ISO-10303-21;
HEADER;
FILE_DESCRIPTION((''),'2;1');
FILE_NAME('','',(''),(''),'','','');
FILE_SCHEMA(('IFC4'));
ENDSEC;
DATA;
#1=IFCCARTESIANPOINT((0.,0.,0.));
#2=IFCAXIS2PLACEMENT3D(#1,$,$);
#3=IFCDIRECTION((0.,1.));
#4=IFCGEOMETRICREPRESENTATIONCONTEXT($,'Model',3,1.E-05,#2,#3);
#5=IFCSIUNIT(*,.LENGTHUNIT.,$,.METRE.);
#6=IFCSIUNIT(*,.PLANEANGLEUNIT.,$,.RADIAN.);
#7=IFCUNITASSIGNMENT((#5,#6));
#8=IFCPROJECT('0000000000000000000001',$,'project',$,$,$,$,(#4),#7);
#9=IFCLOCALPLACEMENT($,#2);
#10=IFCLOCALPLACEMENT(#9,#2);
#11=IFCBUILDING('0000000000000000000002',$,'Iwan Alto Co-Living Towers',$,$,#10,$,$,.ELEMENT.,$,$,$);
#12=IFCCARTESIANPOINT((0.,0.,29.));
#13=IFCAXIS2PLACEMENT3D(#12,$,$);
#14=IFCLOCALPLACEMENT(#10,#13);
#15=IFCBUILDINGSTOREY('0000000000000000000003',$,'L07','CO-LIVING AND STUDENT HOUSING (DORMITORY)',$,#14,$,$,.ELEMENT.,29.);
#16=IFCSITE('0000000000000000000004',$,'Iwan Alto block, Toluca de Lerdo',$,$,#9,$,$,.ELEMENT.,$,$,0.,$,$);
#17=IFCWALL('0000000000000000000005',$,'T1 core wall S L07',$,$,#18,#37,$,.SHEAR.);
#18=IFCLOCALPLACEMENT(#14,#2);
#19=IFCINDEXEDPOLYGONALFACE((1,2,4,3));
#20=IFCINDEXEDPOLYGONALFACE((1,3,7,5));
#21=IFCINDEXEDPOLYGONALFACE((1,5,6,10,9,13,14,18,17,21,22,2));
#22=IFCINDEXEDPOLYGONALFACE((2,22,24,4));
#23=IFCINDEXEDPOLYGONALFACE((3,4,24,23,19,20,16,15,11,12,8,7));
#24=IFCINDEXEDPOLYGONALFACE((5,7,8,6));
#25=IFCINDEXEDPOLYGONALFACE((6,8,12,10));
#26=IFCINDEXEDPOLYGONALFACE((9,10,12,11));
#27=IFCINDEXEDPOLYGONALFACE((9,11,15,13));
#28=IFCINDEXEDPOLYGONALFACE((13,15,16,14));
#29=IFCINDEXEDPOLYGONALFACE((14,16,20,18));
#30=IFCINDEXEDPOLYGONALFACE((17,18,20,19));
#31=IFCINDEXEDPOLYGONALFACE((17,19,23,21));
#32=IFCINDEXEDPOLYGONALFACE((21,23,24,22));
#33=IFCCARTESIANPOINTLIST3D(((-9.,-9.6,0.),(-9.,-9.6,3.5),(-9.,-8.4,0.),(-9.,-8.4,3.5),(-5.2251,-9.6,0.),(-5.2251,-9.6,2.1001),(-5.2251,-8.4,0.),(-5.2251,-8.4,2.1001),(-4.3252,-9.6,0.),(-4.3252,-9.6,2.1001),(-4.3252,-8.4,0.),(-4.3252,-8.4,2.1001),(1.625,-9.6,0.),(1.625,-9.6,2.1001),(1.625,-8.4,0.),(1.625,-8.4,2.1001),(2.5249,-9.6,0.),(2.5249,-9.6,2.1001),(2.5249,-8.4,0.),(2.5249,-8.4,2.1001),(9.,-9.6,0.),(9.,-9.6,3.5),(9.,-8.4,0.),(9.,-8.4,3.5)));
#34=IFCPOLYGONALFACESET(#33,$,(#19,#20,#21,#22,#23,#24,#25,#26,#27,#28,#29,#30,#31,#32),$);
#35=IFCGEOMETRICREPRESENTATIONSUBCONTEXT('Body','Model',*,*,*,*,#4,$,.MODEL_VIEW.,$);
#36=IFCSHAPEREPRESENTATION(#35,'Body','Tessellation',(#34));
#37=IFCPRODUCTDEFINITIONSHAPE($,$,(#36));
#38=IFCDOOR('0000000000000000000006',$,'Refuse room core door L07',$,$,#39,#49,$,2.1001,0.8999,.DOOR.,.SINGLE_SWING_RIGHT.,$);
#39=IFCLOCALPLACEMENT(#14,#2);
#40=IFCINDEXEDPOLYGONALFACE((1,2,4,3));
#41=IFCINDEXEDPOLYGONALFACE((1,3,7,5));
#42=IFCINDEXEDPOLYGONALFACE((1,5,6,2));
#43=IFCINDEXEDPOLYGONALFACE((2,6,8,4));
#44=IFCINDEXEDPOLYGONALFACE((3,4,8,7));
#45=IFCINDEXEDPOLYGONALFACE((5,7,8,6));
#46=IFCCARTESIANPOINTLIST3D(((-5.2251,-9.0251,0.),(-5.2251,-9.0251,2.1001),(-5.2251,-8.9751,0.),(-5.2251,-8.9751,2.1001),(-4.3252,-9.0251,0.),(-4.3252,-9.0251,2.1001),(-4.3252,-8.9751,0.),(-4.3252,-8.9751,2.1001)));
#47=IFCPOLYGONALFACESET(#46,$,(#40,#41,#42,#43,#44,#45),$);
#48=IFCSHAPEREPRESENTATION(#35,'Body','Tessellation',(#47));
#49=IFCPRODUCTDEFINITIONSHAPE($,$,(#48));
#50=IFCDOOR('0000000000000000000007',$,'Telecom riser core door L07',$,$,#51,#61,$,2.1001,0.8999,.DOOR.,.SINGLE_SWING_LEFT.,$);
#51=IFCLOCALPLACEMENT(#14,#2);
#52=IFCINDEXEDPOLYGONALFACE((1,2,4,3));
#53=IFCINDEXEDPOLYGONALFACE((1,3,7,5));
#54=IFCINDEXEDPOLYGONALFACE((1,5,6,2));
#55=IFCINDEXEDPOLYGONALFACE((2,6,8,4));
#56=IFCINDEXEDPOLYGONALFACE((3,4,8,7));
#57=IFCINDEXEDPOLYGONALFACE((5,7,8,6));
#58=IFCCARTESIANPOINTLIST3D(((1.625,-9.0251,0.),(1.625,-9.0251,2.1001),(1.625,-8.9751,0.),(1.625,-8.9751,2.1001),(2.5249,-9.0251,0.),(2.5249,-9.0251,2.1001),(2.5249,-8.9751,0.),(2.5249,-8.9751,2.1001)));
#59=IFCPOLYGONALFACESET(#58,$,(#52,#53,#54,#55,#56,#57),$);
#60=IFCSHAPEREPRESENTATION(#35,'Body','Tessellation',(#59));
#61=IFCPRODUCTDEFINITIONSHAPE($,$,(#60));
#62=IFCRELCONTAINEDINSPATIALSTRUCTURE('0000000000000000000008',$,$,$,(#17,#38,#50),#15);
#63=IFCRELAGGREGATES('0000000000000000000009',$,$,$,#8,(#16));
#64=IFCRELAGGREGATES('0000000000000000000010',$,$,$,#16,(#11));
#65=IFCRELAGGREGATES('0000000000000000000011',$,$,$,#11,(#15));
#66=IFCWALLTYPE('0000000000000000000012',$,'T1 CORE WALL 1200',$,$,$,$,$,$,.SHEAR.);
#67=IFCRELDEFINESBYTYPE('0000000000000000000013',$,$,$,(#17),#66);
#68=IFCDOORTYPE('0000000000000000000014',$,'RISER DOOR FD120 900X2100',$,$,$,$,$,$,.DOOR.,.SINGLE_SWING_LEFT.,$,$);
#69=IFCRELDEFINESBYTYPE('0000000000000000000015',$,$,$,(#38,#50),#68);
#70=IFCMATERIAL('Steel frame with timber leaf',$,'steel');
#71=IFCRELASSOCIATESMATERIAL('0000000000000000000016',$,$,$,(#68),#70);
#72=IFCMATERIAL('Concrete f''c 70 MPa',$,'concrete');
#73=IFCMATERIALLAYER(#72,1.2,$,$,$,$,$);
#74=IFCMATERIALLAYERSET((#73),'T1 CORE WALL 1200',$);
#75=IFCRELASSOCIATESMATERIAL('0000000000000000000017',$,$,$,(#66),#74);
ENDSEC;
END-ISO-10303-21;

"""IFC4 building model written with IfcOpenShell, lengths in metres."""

from ifc_helpers import new_model, si_unit, direction, frame, frame_2d, origin, place, context, subcontext, project, spatial, rectangle, extrude, material, layer, layer_set, type_object, element, fill, save


model = new_model("IFC4")

# Units and contexts
model_context = context("Model", 3, precision=1e-05, world=origin(), true_north=direction((0.0, 1.0)))
body_context = subcontext(model_context, "Body", "Model", "MODEL_VIEW")
ifc_project = project(units=[si_unit("LENGTHUNIT", "METRE"), si_unit("PLANEANGLEUNIT", "RADIAN")], contexts=[model_context])

# Site, building, storey
site_placement = place(None, origin())
site = spatial("IfcSite", under=ifc_project, at=site_placement, Name="Iwan Alto block, Toluca de Lerdo", CompositionType="ELEMENT", RefElevation=0.0)
building_placement = place(site_placement, origin())
building = spatial("IfcBuilding", under=site, at=building_placement, Name="Iwan Alto Co-Living Towers", CompositionType="ELEMENT")
storey_placement = place(building_placement, frame((0.0, 0.0, 29.0)))
storey = spatial("IfcBuildingStorey", under=building, at=storey_placement, Name="L07", Description="CO-LIVING AND STUDENT HOUSING (DORMITORY)", CompositionType="ELEMENT", Elevation=29.0)

# Shared definitions
ifc_material_1 = material(Name="Steel frame with timber leaf", Category="steel")
door_type_1 = type_object("IfcDoorType", Name="RISER DOOR FD120 900X2100", OperationType="SINGLE_SWING_LEFT", PredefinedType="DOOR", material=ifc_material_1)

# Wall, openings, doors
ifc_material_2 = material(Name="Concrete f'c 70 MPa", Category="concrete")
ifc_layer_1 = layer(ifc_material_2, 1.2)
ifc_layer_set_1 = layer_set([ifc_layer_1], Name="T1 CORE WALL 1200")
wall_type_1 = type_object("IfcWallType", Name="T1 CORE WALL 1200", PredefinedType="SHEAR", material=ifc_layer_set_1)
wall_1_placement = place(storey_placement, frame((-9.0, -9.0, 0.0), z_axis=(0.0, 0.0, 1.0), x_axis=(1.0, 0.0, 0.0)))
wall_1 = element("IfcWall", 1, at=wall_1_placement, inside=storey, type_object=wall_type_1, Name="T1 core wall S L07", PredefinedType="SHEAR", context=body_context, shape_type="SweptSolid", body=[
    extrude(rectangle(XDim=18.0, YDim=1.2, at=frame_2d((9.0, 0.0))), origin(), (0.0, 0.0, 1.0), 3.5),
])
opening_1_placement = place(wall_1_placement, frame((3.7749, 0.0, 0.0)))
opening_1 = element("IfcOpeningElement", 2, at=opening_1_placement, cuts=wall_1, PredefinedType="OPENING", context=body_context, shape_type="SweptSolid", body=[
    extrude(rectangle(XDim=0.8999, YDim=2.1001, at=frame_2d((0.45, 1.05))), frame((0.0, 0.6099, 0.0), z_axis=(0.0, -1.0, 0.0), x_axis=(1.0, 0.0, 0.0)), (0.0, 0.0, 1.0), 1.22),
])
opening_2_placement = place(wall_1_placement, frame((10.625, 0.0, 0.0)))
opening_2 = element("IfcOpeningElement", 3, at=opening_2_placement, cuts=wall_1, PredefinedType="OPENING", context=body_context, shape_type="SweptSolid", body=[
    extrude(rectangle(XDim=0.8999, YDim=2.1001, at=frame_2d((0.45, 1.05))), frame((0.0, 0.6099, 0.0), z_axis=(0.0, -1.0, 0.0), x_axis=(1.0, 0.0, 0.0)), (0.0, 0.0, 1.0), 1.22),
])
door_1_placement = place(opening_1_placement, origin())
door_1 = element("IfcDoor", 4, at=door_1_placement, inside=storey, type_object=door_type_1, Name="Refuse room core door L07", OperationType="SINGLE_SWING_RIGHT", OverallHeight=2.1001, OverallWidth=0.8999, PredefinedType="DOOR", context=body_context, shape_type="SweptSolid", body=[
    extrude(rectangle(XDim=0.8999, YDim=2.1001, at=frame_2d((0.45, 1.05))), frame((0.0, 0.0249, 0.0), z_axis=(0.0, -1.0, 0.0), x_axis=(1.0, 0.0, 0.0)), (0.0, 0.0, 1.0), 0.05),
])
fill(opening_1, door_1)
door_2_placement = place(opening_2_placement, origin())
door_2 = element("IfcDoor", 5, at=door_2_placement, inside=storey, type_object=door_type_1, Name="Telecom riser core door L07", OperationType="SINGLE_SWING_LEFT", OverallHeight=2.1001, OverallWidth=0.8999, PredefinedType="DOOR", context=body_context, shape_type="SweptSolid", body=[
    extrude(rectangle(XDim=0.8999, YDim=2.1001, at=frame_2d((0.45, 1.05))), frame((0.0, 0.0249, 0.0), z_axis=(0.0, -1.0, 0.0), x_axis=(1.0, 0.0, 0.0)), (0.0, 0.0, 1.0), 0.05),
])
fill(opening_2, door_2)

save(model, "model.ifc")
